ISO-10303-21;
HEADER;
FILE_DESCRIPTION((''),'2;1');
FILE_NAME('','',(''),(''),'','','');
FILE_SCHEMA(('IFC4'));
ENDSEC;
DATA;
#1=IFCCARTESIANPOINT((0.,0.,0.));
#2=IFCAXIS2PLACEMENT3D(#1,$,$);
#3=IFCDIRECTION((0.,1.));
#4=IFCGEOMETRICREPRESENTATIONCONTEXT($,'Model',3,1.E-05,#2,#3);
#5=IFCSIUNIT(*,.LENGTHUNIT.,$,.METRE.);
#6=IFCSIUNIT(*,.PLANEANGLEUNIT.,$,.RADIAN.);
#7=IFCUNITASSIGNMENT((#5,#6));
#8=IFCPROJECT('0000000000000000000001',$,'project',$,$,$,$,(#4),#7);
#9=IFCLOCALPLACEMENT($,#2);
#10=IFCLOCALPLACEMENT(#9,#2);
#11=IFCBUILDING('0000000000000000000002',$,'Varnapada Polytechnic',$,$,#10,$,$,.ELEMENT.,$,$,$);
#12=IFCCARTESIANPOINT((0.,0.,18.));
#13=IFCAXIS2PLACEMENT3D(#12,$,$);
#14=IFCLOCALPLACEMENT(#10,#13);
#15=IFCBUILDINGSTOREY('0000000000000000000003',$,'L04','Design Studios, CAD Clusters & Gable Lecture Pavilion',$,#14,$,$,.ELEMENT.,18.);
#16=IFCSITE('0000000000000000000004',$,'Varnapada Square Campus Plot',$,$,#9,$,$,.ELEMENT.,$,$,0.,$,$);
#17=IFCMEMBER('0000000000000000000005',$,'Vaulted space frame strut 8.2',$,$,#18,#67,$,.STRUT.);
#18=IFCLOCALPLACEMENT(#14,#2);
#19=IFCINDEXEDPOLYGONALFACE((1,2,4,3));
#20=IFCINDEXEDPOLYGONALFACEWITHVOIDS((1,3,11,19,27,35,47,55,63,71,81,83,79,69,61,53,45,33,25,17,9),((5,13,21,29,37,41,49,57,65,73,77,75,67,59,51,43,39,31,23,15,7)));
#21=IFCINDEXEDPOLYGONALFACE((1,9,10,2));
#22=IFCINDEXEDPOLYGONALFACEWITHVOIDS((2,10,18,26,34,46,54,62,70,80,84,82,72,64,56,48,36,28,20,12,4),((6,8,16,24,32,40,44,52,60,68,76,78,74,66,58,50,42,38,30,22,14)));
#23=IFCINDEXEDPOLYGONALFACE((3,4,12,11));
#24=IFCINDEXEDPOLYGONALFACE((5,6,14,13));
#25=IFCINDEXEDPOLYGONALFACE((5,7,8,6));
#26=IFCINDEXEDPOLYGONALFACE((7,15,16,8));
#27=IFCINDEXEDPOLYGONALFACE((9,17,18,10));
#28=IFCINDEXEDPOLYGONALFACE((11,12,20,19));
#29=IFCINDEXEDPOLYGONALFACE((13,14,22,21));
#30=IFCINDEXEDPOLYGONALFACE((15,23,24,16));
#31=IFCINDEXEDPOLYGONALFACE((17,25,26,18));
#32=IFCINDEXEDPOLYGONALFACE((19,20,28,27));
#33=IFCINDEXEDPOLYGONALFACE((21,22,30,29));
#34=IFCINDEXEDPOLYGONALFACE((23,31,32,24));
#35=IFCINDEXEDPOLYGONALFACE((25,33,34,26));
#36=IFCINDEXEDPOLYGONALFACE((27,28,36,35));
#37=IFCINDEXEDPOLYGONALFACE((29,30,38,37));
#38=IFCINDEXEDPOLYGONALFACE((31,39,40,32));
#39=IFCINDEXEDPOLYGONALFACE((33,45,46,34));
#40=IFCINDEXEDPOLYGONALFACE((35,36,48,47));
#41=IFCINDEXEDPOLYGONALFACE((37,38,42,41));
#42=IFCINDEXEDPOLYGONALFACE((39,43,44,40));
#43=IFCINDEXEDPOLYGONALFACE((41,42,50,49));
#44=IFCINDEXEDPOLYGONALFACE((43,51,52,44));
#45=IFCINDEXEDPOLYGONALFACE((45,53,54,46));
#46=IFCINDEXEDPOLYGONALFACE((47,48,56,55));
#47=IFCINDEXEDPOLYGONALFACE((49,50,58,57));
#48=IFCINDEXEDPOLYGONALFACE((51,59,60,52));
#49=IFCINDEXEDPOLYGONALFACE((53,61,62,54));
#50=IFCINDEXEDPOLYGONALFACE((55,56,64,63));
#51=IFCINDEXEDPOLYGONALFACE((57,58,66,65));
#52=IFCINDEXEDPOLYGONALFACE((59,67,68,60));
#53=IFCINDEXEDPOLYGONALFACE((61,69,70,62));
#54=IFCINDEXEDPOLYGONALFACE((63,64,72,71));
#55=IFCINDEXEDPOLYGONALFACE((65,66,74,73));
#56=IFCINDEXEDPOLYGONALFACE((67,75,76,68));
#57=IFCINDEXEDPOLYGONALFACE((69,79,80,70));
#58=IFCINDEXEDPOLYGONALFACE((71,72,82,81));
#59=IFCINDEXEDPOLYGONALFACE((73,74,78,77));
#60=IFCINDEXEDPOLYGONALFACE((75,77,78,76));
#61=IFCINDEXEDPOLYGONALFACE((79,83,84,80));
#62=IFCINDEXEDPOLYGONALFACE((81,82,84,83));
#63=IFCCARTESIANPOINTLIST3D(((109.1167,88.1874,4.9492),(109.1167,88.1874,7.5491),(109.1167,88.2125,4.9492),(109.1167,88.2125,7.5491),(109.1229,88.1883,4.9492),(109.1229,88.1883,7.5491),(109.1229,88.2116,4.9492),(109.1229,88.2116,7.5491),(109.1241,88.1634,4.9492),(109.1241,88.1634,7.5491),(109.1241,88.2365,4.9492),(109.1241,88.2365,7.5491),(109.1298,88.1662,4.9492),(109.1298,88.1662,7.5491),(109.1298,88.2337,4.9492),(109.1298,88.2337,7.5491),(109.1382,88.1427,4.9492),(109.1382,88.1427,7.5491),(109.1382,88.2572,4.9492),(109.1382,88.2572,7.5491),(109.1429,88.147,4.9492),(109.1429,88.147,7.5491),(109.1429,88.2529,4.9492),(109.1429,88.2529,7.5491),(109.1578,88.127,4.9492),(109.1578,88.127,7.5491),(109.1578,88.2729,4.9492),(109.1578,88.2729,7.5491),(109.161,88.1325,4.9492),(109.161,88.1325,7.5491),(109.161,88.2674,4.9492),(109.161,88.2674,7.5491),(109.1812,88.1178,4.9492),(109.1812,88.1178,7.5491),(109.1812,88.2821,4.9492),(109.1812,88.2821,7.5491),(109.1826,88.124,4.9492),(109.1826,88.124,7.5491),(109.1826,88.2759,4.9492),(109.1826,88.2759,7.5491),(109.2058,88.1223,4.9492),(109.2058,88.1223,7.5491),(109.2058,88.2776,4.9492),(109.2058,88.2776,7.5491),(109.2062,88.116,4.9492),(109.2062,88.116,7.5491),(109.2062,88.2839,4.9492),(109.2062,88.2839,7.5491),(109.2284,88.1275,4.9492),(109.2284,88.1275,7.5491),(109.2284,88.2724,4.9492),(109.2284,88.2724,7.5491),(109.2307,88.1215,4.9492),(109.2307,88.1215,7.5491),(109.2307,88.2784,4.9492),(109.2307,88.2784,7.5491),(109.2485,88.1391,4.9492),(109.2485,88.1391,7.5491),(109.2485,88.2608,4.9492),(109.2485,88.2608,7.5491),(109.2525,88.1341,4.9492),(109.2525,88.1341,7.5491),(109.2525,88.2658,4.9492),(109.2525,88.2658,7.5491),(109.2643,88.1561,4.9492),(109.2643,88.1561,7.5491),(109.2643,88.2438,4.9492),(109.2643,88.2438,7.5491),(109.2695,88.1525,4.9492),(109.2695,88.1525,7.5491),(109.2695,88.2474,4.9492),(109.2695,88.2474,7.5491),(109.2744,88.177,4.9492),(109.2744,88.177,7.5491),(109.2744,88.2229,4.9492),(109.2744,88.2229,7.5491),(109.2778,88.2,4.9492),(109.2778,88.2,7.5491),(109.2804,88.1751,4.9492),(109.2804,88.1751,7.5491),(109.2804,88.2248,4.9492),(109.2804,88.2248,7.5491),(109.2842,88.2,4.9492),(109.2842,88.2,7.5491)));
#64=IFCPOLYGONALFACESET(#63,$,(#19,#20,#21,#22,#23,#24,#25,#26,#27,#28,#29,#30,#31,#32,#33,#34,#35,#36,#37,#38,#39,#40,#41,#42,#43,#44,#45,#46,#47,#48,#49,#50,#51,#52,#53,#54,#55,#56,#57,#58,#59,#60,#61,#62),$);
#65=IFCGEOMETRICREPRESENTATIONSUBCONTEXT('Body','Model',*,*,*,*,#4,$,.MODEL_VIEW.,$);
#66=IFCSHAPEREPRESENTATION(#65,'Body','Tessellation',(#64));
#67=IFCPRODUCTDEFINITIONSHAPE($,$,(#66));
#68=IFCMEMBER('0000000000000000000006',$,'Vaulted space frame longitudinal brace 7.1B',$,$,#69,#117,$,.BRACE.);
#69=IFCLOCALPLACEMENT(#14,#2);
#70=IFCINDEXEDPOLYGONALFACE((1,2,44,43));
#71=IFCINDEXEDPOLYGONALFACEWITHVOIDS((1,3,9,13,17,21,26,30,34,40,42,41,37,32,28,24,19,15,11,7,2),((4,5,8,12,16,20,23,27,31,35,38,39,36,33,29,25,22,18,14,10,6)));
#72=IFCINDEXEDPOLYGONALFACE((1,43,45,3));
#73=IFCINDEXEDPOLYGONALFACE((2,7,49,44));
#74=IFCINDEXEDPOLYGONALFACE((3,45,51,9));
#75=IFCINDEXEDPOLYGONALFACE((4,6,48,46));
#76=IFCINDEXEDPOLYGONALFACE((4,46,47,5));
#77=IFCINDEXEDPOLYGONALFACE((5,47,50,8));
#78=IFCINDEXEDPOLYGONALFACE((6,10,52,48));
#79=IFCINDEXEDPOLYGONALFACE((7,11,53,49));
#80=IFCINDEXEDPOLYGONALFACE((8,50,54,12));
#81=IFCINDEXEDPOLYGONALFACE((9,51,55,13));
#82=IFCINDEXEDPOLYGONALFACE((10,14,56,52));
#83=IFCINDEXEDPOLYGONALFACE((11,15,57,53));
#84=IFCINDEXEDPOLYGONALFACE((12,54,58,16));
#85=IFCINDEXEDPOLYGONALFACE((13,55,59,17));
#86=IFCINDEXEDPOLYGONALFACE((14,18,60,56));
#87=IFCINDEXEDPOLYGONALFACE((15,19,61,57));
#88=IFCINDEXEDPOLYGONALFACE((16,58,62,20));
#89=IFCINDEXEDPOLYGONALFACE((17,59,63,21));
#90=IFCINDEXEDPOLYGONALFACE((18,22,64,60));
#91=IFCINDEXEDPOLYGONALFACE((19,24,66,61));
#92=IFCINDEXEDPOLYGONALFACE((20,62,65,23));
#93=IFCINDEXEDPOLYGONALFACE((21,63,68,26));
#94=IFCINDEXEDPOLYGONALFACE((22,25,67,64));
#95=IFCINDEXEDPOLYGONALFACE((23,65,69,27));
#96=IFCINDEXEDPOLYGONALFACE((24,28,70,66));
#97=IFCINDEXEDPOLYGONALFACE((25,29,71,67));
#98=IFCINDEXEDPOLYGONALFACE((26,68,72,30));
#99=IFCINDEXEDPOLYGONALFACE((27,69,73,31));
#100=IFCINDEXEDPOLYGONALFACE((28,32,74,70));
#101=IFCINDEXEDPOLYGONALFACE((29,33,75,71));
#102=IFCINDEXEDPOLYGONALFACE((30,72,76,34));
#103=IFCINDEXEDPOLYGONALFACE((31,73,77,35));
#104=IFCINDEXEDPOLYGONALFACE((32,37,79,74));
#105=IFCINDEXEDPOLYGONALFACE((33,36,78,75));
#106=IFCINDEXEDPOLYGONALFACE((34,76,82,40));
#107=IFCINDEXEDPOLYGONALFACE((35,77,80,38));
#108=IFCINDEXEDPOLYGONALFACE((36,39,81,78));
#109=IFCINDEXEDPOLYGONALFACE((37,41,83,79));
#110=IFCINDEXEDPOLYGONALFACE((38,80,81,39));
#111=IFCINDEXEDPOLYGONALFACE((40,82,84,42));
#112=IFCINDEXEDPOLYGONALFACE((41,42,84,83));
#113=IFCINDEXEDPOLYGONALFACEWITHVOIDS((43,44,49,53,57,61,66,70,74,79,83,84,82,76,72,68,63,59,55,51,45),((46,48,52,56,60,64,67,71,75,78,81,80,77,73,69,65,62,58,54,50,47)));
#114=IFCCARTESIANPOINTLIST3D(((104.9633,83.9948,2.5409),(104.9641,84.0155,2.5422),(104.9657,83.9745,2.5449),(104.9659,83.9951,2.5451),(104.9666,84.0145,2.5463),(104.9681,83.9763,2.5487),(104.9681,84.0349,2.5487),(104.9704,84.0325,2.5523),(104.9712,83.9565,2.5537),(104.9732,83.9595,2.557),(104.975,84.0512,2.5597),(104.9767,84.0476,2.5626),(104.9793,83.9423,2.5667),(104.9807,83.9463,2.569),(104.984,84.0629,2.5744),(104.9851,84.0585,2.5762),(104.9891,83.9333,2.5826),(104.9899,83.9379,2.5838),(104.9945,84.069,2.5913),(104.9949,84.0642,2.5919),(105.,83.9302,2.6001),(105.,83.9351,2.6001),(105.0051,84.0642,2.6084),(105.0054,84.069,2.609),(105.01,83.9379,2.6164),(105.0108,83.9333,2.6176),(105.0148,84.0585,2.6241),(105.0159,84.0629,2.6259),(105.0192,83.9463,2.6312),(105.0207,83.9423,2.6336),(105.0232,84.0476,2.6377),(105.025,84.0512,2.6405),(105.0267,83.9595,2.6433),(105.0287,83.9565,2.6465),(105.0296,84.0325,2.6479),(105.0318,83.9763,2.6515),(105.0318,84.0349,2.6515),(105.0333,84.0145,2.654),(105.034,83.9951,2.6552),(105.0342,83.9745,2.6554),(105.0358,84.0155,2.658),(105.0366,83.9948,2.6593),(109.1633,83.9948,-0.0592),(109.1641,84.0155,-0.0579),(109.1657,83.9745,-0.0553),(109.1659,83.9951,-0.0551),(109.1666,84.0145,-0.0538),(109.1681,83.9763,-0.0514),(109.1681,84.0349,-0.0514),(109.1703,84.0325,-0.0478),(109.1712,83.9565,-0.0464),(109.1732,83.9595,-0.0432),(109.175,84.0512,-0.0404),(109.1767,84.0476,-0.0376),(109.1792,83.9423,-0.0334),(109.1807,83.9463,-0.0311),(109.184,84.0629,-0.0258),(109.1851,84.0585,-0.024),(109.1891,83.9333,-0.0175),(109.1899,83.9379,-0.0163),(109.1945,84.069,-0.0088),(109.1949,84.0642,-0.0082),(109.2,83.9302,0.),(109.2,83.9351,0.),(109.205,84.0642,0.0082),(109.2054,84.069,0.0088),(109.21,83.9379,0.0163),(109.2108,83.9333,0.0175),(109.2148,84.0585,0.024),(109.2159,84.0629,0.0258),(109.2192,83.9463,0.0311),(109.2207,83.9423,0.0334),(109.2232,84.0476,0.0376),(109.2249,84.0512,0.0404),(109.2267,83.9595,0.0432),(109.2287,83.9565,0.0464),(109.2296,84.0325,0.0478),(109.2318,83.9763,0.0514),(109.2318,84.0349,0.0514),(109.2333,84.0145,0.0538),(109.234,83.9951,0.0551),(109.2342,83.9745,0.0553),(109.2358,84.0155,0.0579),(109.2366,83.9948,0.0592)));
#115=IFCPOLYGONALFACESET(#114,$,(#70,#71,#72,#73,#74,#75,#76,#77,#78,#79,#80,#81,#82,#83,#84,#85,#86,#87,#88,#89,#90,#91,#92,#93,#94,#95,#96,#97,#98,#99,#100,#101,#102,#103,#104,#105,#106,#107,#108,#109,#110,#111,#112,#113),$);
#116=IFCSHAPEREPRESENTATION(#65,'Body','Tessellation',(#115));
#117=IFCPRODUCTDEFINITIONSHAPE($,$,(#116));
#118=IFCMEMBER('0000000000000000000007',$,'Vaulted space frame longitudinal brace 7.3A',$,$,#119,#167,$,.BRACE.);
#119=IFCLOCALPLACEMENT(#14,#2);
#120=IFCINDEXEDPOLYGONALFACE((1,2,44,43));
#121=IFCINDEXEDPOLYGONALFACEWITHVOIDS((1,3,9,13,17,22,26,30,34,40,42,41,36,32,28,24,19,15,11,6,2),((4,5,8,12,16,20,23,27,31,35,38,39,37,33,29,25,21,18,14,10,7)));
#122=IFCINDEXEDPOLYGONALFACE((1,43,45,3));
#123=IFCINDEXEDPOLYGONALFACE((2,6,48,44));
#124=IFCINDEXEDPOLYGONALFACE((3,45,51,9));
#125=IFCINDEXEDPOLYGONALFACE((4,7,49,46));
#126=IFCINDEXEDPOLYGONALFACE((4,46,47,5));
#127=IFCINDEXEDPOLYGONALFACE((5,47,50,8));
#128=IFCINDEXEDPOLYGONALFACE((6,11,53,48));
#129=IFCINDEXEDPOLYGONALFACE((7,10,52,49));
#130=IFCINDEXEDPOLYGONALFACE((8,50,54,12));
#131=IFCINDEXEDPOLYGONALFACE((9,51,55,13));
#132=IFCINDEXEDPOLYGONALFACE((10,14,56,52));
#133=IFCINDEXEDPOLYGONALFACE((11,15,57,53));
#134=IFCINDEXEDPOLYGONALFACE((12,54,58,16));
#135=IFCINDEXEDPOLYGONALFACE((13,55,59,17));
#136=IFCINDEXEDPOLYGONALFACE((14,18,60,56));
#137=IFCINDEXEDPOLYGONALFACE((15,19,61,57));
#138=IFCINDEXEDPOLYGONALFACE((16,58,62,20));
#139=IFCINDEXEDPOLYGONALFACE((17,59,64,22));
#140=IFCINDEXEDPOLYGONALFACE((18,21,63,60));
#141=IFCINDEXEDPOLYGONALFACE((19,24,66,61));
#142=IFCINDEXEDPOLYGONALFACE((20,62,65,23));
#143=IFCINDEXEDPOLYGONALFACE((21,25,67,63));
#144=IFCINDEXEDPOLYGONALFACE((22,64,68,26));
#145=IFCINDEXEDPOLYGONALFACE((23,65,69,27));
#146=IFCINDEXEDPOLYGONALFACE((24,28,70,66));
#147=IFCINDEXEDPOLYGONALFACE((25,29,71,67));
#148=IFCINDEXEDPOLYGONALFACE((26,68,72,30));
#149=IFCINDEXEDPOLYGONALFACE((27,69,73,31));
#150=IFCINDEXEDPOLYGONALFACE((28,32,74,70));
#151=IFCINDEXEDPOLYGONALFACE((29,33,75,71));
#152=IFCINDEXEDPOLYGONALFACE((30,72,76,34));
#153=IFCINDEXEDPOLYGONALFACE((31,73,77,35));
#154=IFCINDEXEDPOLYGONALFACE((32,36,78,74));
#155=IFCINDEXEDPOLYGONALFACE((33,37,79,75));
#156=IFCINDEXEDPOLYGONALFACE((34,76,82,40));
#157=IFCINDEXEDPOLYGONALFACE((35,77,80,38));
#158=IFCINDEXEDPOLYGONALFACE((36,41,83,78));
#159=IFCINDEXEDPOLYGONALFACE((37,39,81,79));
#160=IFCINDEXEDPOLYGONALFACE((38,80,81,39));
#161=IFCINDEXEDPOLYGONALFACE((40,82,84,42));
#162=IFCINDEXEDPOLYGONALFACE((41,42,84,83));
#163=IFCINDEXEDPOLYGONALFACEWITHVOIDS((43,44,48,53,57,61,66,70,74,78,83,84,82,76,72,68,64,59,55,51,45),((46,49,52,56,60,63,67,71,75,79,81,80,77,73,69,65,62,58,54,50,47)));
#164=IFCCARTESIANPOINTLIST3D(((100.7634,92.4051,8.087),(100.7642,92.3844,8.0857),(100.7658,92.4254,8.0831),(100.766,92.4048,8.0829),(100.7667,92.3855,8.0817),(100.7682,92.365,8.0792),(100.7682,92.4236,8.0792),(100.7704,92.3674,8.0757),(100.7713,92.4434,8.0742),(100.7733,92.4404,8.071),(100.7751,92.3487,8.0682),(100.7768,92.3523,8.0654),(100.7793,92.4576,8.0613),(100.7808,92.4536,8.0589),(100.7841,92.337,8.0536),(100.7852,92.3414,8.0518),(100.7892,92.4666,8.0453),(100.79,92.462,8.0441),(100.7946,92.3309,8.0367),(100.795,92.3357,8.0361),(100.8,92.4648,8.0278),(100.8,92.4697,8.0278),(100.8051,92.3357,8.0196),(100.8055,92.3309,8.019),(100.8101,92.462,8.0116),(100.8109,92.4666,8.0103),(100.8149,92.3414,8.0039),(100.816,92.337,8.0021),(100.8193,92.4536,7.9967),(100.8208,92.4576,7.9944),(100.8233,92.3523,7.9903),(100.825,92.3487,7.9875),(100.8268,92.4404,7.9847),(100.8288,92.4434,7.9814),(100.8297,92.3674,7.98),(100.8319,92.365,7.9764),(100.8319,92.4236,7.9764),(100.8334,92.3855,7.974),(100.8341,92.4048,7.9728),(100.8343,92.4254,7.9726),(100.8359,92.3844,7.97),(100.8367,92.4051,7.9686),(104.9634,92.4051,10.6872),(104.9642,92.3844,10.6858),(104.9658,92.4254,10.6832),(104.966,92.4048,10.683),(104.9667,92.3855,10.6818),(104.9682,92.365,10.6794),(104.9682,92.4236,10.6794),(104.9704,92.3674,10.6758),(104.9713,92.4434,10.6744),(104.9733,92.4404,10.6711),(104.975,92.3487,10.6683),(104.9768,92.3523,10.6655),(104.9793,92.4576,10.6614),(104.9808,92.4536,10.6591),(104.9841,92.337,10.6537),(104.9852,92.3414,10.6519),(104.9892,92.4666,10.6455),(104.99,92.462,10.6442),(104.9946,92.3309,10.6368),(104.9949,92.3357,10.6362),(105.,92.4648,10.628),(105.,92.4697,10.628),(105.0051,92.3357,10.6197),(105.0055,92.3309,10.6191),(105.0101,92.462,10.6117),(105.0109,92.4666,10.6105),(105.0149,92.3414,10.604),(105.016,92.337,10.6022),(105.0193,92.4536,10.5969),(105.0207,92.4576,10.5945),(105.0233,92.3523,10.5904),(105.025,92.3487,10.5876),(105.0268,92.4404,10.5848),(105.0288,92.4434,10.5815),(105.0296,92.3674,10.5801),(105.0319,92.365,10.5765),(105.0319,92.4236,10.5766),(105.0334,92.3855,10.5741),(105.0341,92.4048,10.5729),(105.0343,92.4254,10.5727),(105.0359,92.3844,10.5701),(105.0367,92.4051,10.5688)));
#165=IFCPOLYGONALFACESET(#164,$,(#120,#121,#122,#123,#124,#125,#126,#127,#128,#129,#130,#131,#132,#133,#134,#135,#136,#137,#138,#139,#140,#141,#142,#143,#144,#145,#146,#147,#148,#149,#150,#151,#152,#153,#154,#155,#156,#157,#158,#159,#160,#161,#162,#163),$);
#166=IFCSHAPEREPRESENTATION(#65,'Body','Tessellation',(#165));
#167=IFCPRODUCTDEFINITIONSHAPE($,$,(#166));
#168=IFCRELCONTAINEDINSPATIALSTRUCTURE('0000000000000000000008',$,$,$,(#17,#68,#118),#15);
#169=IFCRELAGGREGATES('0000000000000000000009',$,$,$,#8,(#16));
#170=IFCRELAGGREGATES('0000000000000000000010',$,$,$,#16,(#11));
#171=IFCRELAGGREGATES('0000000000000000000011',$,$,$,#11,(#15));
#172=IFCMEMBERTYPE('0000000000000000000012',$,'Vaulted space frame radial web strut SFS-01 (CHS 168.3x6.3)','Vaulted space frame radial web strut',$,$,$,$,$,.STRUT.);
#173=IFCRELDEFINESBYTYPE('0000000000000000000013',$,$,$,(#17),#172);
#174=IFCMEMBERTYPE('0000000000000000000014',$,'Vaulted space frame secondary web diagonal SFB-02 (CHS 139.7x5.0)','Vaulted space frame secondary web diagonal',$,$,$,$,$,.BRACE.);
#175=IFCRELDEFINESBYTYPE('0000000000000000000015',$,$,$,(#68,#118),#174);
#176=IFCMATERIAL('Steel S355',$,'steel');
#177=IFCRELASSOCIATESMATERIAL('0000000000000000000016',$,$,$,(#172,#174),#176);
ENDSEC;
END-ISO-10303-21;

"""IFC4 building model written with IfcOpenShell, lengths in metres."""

from ifc_helpers import new_model, si_unit, direction, frame, origin, origin_2d, place, context, subcontext, project, spatial, hollow_circle, extrude, material, material_profile, profile_set, type_object, element, save


model = new_model("IFC4")

# Units and contexts
model_context = context("Model", 3, precision=1e-05, world=origin(), true_north=direction((0.0, 1.0)))
body_context = subcontext(model_context, "Body", "Model", "MODEL_VIEW")
ifc_project = project(units=[si_unit("LENGTHUNIT", "METRE"), si_unit("PLANEANGLEUNIT", "RADIAN")], contexts=[model_context])

# Site, building, storey
site_placement = place(None, origin())
site = spatial("IfcSite", under=ifc_project, at=site_placement, Name="Varnapada Square Campus Plot", CompositionType="ELEMENT", RefElevation=0.0)
building_placement = place(site_placement, origin())
building = spatial("IfcBuilding", under=site, at=building_placement, Name="Varnapada Polytechnic", CompositionType="ELEMENT")
storey_placement = place(building_placement, frame((0.0, 0.0, 18.0)))
storey = spatial("IfcBuildingStorey", under=building, at=storey_placement, Name="L04", Description="Design Studios, CAD Clusters & Gable Lecture Pavilion", CompositionType="ELEMENT", Elevation=18.0)

# Shared definitions
ifc_material = material(Name="Steel S355", Category="steel")

# Members
ifc_material_profile_1 = material_profile(ifc_material, hollow_circle(Radius=0.0842, WallThickness=0.0063, at=origin_2d()), Name="CHS 168.3x6.3")
ifc_profile_set_1 = profile_set([ifc_material_profile_1], Name="Steel S355")
member_type_1 = type_object("IfcMemberType", Name="Vaulted space frame radial web strut SFS-01 (CHS 168.3x6.3)", Description="Vaulted space frame radial web strut", PredefinedType="STRUT", material=ifc_profile_set_1)
member_1_placement = place(storey_placement, frame((109.2, 88.2, 4.9492), z_axis=(0.0, 0.0, 1.0), x_axis=(1.0, 0.0, 0.0)))
element("IfcMember", 1, at=member_1_placement, inside=storey, type_object=member_type_1, Name="Vaulted space frame strut 8.2", PredefinedType="STRUT", context=body_context, shape_type="SweptSolid", body=[
    extrude(hollow_circle(Radius=0.0842, WallThickness=0.0063, at=origin_2d()), origin(), (0.0, 0.0, 1.0), 2.5999),
])
ifc_material_profile_2 = material_profile(ifc_material, hollow_circle(Radius=0.0698, WallThickness=0.0049, at=origin_2d()), Name="CHS 139.7x5.0")
ifc_profile_set_2 = profile_set([ifc_material_profile_2], Name="Steel S355")
member_type_2 = type_object("IfcMemberType", Name="Vaulted space frame secondary web diagonal SFB-02 (CHS 139.7x5.0)", Description="Vaulted space frame secondary web diagonal", PredefinedType="BRACE", material=ifc_profile_set_2)
for number, where, z_axis, x_axis, name in (
    (2, (109.2, 84.0, 0.0), (-0.850254, 0.0, 0.526373), (0.0, -1.0, 0.0), "Vaulted space frame longitudinal brace 7.1B"),
    (3, (100.8, 92.3999, 8.0278), (0.850254, 0.0, 0.526373), (0.0, 1.0, 0.0), "Vaulted space frame longitudinal brace 7.3A"),
):
    element("IfcMember", number, at=place(storey_placement, frame(where, z_axis=z_axis, x_axis=x_axis)), inside=storey, type_object=member_type_2, Name=name, PredefinedType="BRACE", context=body_context, shape_type="SweptSolid", body=[
        extrude(hollow_circle(Radius=0.0698, WallThickness=0.0049, at=origin_2d()), origin(), (0.0, 0.0, 1.0), 4.9397),
    ])

save(model, "model.ifc")
